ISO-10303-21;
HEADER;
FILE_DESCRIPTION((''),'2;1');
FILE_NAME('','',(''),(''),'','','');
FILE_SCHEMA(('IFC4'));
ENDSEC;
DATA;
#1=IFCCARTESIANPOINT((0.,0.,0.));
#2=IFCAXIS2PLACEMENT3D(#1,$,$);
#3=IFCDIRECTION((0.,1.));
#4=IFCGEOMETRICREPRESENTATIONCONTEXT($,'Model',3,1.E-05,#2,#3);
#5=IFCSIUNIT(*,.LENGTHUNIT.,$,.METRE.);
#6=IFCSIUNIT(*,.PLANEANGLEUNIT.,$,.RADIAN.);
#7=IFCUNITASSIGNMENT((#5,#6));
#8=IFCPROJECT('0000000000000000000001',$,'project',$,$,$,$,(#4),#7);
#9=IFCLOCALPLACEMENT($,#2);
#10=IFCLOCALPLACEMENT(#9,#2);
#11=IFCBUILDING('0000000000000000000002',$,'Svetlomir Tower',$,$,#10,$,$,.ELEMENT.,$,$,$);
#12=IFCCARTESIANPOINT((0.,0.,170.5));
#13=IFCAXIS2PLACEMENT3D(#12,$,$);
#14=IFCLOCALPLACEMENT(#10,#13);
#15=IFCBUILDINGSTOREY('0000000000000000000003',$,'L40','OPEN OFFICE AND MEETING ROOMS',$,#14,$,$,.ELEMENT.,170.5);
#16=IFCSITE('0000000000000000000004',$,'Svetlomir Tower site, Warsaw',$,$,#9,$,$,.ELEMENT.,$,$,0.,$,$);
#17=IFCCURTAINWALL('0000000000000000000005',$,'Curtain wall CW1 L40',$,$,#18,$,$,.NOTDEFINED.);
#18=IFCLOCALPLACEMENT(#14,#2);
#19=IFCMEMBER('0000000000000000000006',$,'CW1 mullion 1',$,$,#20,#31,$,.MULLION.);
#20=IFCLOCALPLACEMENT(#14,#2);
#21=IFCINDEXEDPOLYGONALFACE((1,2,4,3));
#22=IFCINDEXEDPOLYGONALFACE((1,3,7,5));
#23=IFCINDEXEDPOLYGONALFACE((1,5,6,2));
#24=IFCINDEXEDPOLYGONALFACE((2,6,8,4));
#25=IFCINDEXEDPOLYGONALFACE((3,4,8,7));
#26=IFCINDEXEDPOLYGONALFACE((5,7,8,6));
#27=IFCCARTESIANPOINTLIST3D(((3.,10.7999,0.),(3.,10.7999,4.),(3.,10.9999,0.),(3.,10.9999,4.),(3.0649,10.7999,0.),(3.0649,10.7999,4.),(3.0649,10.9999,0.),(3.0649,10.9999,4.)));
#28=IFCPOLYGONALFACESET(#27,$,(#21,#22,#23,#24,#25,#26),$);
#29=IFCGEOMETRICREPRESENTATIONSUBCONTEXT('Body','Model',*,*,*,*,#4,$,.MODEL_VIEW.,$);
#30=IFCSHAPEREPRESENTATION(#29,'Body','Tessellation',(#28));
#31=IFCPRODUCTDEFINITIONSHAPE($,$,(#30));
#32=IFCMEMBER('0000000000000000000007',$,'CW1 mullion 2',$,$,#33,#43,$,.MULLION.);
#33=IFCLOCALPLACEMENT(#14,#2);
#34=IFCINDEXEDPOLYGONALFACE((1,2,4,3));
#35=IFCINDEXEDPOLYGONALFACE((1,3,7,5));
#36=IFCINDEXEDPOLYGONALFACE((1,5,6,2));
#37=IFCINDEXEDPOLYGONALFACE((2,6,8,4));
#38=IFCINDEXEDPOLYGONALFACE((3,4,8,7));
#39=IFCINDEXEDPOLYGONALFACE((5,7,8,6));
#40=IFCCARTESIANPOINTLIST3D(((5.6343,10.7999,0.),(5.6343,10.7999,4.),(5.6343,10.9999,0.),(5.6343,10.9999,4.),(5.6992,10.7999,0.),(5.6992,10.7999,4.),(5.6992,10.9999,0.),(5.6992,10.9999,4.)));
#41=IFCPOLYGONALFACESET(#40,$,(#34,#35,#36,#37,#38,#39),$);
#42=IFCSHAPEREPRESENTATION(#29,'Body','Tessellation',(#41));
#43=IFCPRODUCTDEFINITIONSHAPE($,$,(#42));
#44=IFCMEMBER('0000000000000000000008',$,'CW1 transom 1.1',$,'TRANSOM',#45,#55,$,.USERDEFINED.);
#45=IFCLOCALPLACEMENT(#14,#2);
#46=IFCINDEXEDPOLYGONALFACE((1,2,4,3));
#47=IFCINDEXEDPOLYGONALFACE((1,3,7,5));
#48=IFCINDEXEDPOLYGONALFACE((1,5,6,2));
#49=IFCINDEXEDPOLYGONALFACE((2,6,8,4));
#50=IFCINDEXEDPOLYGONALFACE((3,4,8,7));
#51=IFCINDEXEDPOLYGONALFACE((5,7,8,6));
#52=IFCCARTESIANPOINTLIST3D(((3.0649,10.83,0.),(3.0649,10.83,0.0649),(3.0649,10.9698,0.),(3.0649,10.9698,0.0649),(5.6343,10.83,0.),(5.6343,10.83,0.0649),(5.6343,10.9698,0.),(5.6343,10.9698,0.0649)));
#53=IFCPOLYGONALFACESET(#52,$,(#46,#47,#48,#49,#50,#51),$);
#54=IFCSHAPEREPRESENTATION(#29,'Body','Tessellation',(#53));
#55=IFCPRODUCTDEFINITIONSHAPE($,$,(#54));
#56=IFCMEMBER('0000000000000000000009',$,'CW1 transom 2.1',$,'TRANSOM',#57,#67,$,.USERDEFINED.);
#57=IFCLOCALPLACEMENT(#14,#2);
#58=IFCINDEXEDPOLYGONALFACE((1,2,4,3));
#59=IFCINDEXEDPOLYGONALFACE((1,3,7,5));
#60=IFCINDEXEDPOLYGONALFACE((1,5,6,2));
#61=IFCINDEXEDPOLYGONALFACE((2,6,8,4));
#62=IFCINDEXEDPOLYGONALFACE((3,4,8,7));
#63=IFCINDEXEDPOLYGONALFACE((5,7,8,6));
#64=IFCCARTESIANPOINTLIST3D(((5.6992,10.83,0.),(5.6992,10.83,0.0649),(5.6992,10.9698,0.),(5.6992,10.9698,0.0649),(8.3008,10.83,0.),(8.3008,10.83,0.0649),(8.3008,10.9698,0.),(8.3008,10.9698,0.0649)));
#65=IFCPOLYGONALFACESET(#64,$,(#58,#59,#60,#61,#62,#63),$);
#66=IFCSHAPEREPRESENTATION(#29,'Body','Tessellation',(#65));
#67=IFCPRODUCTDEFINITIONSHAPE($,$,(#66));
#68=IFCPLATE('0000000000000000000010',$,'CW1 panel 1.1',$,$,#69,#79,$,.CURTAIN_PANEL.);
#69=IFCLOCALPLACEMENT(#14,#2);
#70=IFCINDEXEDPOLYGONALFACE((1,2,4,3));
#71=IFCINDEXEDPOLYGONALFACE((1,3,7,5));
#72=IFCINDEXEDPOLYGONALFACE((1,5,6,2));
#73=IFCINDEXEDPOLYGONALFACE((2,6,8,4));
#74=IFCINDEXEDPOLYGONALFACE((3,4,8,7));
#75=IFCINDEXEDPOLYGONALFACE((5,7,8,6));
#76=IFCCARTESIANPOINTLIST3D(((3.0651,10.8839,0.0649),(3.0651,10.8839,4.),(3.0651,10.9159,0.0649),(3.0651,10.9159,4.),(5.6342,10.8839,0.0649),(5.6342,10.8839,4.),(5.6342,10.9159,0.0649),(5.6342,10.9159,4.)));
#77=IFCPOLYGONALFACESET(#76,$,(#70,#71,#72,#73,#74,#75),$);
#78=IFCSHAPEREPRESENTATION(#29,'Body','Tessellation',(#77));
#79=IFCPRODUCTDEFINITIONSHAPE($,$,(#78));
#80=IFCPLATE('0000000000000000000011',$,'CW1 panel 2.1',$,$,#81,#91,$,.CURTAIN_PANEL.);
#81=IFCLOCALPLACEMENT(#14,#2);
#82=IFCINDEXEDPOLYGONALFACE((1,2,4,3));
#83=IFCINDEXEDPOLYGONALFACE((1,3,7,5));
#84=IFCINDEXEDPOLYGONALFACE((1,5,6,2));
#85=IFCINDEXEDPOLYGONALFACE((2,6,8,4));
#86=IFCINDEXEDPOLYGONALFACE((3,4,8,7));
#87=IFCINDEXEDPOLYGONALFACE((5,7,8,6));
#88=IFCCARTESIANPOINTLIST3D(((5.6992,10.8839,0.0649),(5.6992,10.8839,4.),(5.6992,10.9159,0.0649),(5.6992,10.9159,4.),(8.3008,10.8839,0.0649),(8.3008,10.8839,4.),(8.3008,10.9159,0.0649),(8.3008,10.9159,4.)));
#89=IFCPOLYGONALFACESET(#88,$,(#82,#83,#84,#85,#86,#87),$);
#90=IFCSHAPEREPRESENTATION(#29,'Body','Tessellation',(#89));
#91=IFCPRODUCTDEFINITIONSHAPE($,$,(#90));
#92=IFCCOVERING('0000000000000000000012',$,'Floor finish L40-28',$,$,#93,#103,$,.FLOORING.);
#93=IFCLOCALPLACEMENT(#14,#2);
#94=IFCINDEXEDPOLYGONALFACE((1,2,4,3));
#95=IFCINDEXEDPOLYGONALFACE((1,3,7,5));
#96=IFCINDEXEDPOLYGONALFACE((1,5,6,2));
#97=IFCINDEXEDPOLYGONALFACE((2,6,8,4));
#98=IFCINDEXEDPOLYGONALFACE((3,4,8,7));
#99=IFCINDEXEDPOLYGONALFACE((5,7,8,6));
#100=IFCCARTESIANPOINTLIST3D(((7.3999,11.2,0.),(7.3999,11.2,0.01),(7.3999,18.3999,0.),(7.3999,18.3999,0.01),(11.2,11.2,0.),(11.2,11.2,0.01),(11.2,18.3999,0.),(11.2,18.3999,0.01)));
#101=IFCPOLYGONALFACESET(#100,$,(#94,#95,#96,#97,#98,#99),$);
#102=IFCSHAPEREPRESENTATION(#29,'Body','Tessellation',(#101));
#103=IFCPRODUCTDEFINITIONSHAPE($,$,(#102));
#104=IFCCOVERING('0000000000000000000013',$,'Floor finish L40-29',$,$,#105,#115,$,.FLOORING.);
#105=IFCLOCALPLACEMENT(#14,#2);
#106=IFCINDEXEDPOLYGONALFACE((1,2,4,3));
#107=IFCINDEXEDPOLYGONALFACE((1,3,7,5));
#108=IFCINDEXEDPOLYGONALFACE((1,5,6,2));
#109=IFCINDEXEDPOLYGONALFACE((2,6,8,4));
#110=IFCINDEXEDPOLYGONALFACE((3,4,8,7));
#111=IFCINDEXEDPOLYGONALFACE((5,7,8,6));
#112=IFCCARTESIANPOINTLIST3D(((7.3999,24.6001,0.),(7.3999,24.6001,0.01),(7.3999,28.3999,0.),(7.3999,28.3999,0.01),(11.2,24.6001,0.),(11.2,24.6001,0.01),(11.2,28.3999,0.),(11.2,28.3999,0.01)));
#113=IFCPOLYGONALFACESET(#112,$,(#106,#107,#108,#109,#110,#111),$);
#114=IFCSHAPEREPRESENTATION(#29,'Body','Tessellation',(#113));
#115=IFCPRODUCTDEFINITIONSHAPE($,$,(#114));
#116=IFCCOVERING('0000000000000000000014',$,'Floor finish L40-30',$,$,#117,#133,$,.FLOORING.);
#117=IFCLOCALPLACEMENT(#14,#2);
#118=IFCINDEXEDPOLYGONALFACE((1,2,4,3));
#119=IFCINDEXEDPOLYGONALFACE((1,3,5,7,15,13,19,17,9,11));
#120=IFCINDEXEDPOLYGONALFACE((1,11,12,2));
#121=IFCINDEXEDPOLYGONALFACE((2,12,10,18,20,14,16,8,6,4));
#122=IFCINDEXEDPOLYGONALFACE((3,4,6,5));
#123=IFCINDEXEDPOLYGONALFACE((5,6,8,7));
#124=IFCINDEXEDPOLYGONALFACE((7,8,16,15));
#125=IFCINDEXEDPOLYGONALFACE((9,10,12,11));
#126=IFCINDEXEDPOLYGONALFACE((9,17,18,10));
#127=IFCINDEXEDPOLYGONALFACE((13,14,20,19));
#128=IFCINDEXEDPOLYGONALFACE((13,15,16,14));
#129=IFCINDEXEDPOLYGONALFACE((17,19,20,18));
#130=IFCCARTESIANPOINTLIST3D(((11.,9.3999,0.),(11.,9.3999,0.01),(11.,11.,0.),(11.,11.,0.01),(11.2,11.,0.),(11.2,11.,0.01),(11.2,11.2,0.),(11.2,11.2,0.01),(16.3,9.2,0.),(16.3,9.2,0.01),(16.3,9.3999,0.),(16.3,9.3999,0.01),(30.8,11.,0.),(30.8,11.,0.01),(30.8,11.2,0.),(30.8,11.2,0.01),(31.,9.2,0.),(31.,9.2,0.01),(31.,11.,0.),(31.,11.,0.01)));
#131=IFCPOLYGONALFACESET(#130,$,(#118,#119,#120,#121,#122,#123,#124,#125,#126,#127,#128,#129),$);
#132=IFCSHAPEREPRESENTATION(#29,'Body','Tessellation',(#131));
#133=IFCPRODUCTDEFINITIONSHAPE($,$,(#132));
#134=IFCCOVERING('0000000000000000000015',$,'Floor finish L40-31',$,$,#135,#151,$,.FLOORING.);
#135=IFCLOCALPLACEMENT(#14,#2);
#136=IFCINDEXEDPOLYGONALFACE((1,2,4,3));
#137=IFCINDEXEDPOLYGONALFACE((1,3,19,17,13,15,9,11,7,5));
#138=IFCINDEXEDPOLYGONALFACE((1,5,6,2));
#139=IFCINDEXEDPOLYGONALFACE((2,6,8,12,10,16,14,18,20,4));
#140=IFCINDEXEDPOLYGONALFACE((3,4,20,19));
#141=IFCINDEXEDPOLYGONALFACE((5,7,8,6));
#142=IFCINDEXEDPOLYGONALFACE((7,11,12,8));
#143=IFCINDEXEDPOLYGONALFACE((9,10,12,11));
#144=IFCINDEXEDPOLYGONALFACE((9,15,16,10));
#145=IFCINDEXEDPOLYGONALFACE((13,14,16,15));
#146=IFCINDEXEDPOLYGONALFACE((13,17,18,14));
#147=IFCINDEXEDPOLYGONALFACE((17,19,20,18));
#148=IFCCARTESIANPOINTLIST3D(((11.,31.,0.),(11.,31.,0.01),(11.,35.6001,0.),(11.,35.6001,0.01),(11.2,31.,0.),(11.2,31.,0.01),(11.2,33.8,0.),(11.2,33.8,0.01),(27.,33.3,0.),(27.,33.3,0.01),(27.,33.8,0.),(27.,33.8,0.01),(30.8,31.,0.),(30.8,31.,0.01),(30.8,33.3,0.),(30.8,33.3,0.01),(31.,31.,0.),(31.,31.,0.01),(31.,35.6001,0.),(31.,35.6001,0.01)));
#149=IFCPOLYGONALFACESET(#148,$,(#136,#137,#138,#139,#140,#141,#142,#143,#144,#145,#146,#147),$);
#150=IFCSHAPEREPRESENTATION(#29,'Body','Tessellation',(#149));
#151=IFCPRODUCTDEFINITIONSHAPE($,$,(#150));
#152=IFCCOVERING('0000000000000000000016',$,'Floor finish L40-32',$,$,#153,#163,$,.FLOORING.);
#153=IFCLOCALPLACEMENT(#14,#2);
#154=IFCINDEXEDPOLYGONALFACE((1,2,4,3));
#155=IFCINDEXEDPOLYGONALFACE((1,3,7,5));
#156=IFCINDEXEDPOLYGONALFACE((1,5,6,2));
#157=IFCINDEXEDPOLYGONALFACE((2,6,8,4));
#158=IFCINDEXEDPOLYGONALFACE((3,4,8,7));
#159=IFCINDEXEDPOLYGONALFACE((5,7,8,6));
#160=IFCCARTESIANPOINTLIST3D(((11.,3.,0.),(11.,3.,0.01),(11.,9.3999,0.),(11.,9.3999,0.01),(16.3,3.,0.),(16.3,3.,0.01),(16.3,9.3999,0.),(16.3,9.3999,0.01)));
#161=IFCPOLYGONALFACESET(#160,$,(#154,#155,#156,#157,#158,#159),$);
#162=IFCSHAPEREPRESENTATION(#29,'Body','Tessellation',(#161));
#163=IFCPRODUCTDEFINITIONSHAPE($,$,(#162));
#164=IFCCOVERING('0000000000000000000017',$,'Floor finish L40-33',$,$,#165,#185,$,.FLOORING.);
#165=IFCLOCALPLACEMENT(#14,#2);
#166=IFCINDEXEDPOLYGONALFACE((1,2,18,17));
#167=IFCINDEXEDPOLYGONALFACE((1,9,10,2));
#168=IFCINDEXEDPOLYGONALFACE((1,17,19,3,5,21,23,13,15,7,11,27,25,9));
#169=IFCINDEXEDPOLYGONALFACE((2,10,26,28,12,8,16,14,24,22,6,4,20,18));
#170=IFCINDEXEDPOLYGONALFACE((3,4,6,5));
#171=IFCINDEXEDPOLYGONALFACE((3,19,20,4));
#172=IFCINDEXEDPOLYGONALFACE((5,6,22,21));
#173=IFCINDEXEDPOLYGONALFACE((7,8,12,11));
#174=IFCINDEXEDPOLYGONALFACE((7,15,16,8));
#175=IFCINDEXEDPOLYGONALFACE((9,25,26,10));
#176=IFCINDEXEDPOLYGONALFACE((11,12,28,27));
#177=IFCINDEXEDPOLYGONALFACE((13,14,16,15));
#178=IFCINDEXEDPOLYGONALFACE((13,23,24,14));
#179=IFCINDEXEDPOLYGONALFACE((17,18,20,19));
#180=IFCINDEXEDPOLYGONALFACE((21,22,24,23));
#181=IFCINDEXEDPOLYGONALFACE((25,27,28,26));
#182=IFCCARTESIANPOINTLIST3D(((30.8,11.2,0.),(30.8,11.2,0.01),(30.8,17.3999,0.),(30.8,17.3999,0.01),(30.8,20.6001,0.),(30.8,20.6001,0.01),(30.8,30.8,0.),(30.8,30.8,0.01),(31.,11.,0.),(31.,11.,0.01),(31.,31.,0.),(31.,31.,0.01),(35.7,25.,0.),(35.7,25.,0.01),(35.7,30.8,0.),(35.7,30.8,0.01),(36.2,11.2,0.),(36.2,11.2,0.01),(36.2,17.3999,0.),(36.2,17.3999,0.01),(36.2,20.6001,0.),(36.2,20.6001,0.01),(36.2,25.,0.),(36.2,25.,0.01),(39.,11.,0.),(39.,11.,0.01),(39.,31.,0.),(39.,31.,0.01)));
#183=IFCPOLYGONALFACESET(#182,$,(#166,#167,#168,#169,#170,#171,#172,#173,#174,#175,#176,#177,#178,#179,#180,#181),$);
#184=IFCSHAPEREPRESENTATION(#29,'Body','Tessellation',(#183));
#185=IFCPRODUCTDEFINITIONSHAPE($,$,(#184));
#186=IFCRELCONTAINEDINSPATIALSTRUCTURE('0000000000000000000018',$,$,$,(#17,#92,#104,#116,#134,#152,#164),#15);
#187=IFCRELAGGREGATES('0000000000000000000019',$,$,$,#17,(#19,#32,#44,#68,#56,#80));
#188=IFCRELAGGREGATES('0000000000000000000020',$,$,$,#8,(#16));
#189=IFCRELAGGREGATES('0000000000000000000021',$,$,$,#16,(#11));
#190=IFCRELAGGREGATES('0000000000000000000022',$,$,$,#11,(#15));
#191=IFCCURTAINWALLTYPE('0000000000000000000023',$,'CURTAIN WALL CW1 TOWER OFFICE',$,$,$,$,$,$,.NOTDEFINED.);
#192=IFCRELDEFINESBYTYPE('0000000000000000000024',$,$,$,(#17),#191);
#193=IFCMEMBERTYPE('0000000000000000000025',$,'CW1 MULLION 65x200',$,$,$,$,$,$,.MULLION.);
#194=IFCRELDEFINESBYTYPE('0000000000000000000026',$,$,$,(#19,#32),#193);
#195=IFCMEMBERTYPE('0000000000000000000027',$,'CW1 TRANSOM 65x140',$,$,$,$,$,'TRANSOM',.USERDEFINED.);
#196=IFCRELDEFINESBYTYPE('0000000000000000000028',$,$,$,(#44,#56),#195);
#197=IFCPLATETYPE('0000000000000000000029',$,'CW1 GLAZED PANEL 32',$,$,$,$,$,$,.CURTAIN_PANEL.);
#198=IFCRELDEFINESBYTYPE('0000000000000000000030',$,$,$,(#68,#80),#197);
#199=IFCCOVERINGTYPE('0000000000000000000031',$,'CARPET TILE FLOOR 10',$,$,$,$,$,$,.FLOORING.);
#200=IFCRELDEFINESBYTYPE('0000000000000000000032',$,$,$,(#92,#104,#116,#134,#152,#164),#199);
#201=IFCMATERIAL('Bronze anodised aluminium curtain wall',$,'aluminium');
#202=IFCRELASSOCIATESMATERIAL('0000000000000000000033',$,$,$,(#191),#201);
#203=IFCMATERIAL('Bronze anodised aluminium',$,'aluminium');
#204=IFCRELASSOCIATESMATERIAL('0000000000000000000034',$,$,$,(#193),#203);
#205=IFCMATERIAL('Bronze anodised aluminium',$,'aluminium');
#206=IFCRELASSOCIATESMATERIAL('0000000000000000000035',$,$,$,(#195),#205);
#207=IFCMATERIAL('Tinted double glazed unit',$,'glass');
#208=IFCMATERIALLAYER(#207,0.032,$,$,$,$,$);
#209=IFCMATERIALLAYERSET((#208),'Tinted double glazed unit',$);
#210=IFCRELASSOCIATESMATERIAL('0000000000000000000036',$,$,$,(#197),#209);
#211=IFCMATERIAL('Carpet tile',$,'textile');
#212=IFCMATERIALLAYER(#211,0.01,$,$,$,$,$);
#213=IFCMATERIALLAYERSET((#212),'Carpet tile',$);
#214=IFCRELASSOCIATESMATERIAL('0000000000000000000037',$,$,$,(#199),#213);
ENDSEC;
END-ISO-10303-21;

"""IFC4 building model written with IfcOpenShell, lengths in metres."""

from ifc_helpers import new_model, si_unit, direction, frame, origin, origin_2d, place, context, subcontext, project, spatial, polyline, rectangle, outline, extrude, material, layer, layer_set, material_profile, profile_set, type_object, element, aggregate, save


model = new_model("IFC4")

# Units and contexts
model_context = context("Model", 3, precision=1e-05, world=origin(), true_north=direction((0.0, 1.0)))
body_context = subcontext(model_context, "Body", "Model", "MODEL_VIEW")
ifc_project = project(units=[si_unit("LENGTHUNIT", "METRE"), si_unit("PLANEANGLEUNIT", "RADIAN")], contexts=[model_context])

# Site, building, storey
site_placement = place(None, origin())
site = spatial("IfcSite", under=ifc_project, at=site_placement, Name="Svetlomir Tower site, Warsaw", CompositionType="ELEMENT", RefElevation=0.0)
building_placement = place(site_placement, origin())
building = spatial("IfcBuilding", under=site, at=building_placement, Name="Svetlomir Tower", CompositionType="ELEMENT")
storey_placement = place(building_placement, frame((0.0, 0.0, 170.5)))
storey = spatial("IfcBuildingStorey", under=building, at=storey_placement, Name="L40", Description="OPEN OFFICE AND MEETING ROOMS", CompositionType="ELEMENT", Elevation=170.5)

# Curtain wall, members, plates
ifc_material_1 = material(Name="Bronze anodised aluminium curtain wall", Category="aluminium")
curtain_wall_type = type_object("IfcCurtainWallType", Name="CURTAIN WALL CW1 TOWER OFFICE", PredefinedType="NOTDEFINED", material=ifc_material_1)
curtain_wall_placement = place(storey_placement, origin())
curtain_wall = element("IfcCurtainWall", 1, at=curtain_wall_placement, inside=storey, type_object=curtain_wall_type, Name="Curtain wall CW1 L40", PredefinedType="NOTDEFINED")
ifc_material_2 = material(Name="Bronze anodised aluminium", Category="aluminium")
ifc_material_profile_1 = material_profile(ifc_material_2, rectangle(XDim=0.0649, YDim=0.2, at=origin_2d()), Name="AL 65x200")
ifc_profile_set_1 = profile_set([ifc_material_profile_1], Name="Bronze anodised aluminium 6063-T6")
member_type_1 = type_object("IfcMemberType", Name="CW1 MULLION 65x200", PredefinedType="MULLION", material=ifc_profile_set_1)
member_1_placement = place(storey_placement, frame((3.0325, 10.8999, 0.0), z_axis=(0.0, 0.0, 1.0), x_axis=(1.0, 0.0, 0.0)))
member_1 = element("IfcMember", 2, at=member_1_placement, type_object=member_type_1, Name="CW1 mullion 1", PredefinedType="MULLION", context=body_context, shape_type="SweptSolid", body=[
    extrude(rectangle(XDim=0.0649, YDim=0.2, at=origin_2d()), origin(), (0.0, 0.0, 1.0), 4.0),
])
member_2_placement = place(storey_placement, frame((5.6667, 10.8999, 0.0), z_axis=(0.0, 0.0, 1.0), x_axis=(1.0, 0.0, 0.0)))
member_2 = element("IfcMember", 3, at=member_2_placement, type_object=member_type_1, Name="CW1 mullion 2", PredefinedType="MULLION", context=body_context, shape_type="SweptSolid", body=[
    extrude(rectangle(XDim=0.0649, YDim=0.2, at=origin_2d()), origin(), (0.0, 0.0, 1.0), 4.0),
])
ifc_material_3 = material(Name="Bronze anodised aluminium", Category="aluminium")
ifc_material_profile_2 = material_profile(ifc_material_3, rectangle(XDim=0.1399, YDim=0.0649, at=origin_2d()), Name="AL 140x65")
ifc_profile_set_2 = profile_set([ifc_material_profile_2], Name="Bronze anodised aluminium 6063-T6")
member_type_2 = type_object("IfcMemberType", Name="CW1 TRANSOM 65x140", ElementType="TRANSOM", PredefinedType="USERDEFINED", material=ifc_profile_set_2)
member_3_placement = place(storey_placement, frame((3.0649, 10.8999, 0.0325), z_axis=(1.0, 0.0, 0.0), x_axis=(0.0, 1.0, 0.0)))
member_3 = element("IfcMember", 4, at=member_3_placement, type_object=member_type_2, Name="CW1 transom 1.1", ObjectType="TRANSOM", PredefinedType="USERDEFINED", context=body_context, shape_type="SweptSolid", body=[
    extrude(rectangle(XDim=0.1399, YDim=0.0649, at=origin_2d()), origin(), (0.0, 0.0, 1.0), 2.5693),
])
member_4_placement = place(storey_placement, frame((5.6992, 10.8999, 0.0325), z_axis=(1.0, 0.0, 0.0), x_axis=(0.0, 1.0, 0.0)))
member_4 = element("IfcMember", 5, at=member_4_placement, type_object=member_type_2, Name="CW1 transom 2.1", ObjectType="TRANSOM", PredefinedType="USERDEFINED", context=body_context, shape_type="SweptSolid", body=[
    extrude(rectangle(XDim=0.1399, YDim=0.0649, at=origin_2d()), origin(), (0.0, 0.0, 1.0), 2.6016),
])
ifc_material_4 = material(Name="Tinted double glazed unit", Category="glass")
ifc_layer_1 = layer(ifc_material_4, 0.032)
ifc_layer_set_1 = layer_set([ifc_layer_1], Name="Tinted double glazed unit")
plate_type = type_object("IfcPlateType", Name="CW1 GLAZED PANEL 32", PredefinedType="CURTAIN_PANEL", material=ifc_layer_set_1)
plate_1_placement = place(storey_placement, frame((4.3496, 10.8999, 0.0649), z_axis=(0.0, 0.0, 1.0), x_axis=(1.0, 0.0, 0.0)))
plate_1 = element("IfcPlate", 6, at=plate_1_placement, type_object=plate_type, Name="CW1 panel 1.1", PredefinedType="CURTAIN_PANEL", context=body_context, shape_type="SweptSolid", body=[
    extrude(rectangle(XDim=2.5691, YDim=0.032, at=origin_2d()), origin(), (0.0, 0.0, 1.0), 3.9351),
])
plate_2_placement = place(storey_placement, frame((7.0, 10.8999, 0.0649), z_axis=(0.0, 0.0, 1.0), x_axis=(1.0, 0.0, 0.0)))
plate_2 = element("IfcPlate", 7, at=plate_2_placement, type_object=plate_type, Name="CW1 panel 2.1", PredefinedType="CURTAIN_PANEL", context=body_context, shape_type="SweptSolid", body=[
    extrude(rectangle(XDim=2.6016, YDim=0.032, at=origin_2d()), origin(), (0.0, 0.0, 1.0), 3.9351),
])
aggregate(curtain_wall, [member_1, member_2, member_3, plate_1, member_4, plate_2])

# Coverings
ifc_material_5 = material(Name="Carpet tile", Category="textile")
ifc_layer_2 = layer(ifc_material_5, 0.01)
ifc_layer_set_2 = layer_set([ifc_layer_2], Name="Carpet tile")
covering_type_1 = type_object("IfcCoveringType", Name="CARPET TILE FLOOR 10", PredefinedType="FLOORING", material=ifc_layer_set_2)
covering_1_placement = place(storey_placement, origin())
element("IfcCovering", 8, at=covering_1_placement, inside=storey, type_object=covering_type_1, Name="Floor finish L40-28", PredefinedType="FLOORING", context=body_context, shape_type="SweptSolid", body=[
    extrude(outline(polyline([(7.3999, 11.2), (11.2, 11.2), (11.2, 18.3999), (7.3999, 18.3999), (7.3999, 11.2)])), origin(), (0.0, 0.0, 1.0), 0.01),
])
covering_2_placement = place(storey_placement, origin())
element("IfcCovering", 9, at=covering_2_placement, inside=storey, type_object=covering_type_1, Name="Floor finish L40-29", PredefinedType="FLOORING", context=body_context, shape_type="SweptSolid", body=[
    extrude(outline(polyline([(7.3999, 24.6001), (11.2, 24.6001), (11.2, 28.3999), (7.3999, 28.3999), (7.3999, 24.6001)])), origin(), (0.0, 0.0, 1.0), 0.01),
])
covering_3_placement = place(storey_placement, origin())
element("IfcCovering", 10, at=covering_3_placement, inside=storey, type_object=covering_type_1, Name="Floor finish L40-30", PredefinedType="FLOORING", context=body_context, shape_type="SweptSolid", body=[
    extrude(outline(polyline([(16.3, 9.2), (16.3, 9.3999), (11.0, 9.3999), (11.0, 11.0), (11.2, 11.0), (11.2, 11.2), (30.8, 11.2), (30.8, 11.0), (31.0, 11.0), (31.0, 9.2), (16.3, 9.2)])), origin(), (0.0, 0.0, 1.0), 0.01),
])
covering_4_placement = place(storey_placement, origin())
element("IfcCovering", 11, at=covering_4_placement, inside=storey, type_object=covering_type_1, Name="Floor finish L40-31", PredefinedType="FLOORING", context=body_context, shape_type="SweptSolid", body=[
    extrude(outline(polyline([(11.2, 33.8), (11.2, 31.0), (11.0, 31.0), (11.0, 35.6001), (31.0, 35.6001), (31.0, 31.0), (30.8, 31.0), (30.8, 33.3), (27.0, 33.3), (27.0, 33.8), (11.2, 33.8)])), origin(), (0.0, 0.0, 1.0), 0.01),
])
covering_5_placement = place(storey_placement, origin())
element("IfcCovering", 12, at=covering_5_placement, inside=storey, type_object=covering_type_1, Name="Floor finish L40-32", PredefinedType="FLOORING", context=body_context, shape_type="SweptSolid", body=[
    extrude(outline(polyline([(16.3, 9.3999), (16.3, 3.0), (11.0, 3.0), (11.0, 9.3999), (16.3, 9.3999)])), origin(), (0.0, 0.0, 1.0), 0.01),
])
covering_6_placement = place(storey_placement, origin())
element("IfcCovering", 13, at=covering_6_placement, inside=storey, type_object=covering_type_1, Name="Floor finish L40-33", PredefinedType="FLOORING", context=body_context, shape_type="SweptSolid", body=[
    extrude(outline(polyline([(30.8, 30.8), (31.0, 31.0), (39.0, 31.0), (39.0, 11.0), (31.0, 11.0), (30.8, 11.2), (36.2, 11.2), (36.2, 17.3999), (30.8, 17.3999), (30.8, 20.6001), (36.2, 20.6001), (36.2, 25.0), (35.7, 25.0), (35.7, 30.8), (30.8, 30.8)])), origin(), (0.0, 0.0, 1.0), 0.01),
])

save(model, "model.ifc")
